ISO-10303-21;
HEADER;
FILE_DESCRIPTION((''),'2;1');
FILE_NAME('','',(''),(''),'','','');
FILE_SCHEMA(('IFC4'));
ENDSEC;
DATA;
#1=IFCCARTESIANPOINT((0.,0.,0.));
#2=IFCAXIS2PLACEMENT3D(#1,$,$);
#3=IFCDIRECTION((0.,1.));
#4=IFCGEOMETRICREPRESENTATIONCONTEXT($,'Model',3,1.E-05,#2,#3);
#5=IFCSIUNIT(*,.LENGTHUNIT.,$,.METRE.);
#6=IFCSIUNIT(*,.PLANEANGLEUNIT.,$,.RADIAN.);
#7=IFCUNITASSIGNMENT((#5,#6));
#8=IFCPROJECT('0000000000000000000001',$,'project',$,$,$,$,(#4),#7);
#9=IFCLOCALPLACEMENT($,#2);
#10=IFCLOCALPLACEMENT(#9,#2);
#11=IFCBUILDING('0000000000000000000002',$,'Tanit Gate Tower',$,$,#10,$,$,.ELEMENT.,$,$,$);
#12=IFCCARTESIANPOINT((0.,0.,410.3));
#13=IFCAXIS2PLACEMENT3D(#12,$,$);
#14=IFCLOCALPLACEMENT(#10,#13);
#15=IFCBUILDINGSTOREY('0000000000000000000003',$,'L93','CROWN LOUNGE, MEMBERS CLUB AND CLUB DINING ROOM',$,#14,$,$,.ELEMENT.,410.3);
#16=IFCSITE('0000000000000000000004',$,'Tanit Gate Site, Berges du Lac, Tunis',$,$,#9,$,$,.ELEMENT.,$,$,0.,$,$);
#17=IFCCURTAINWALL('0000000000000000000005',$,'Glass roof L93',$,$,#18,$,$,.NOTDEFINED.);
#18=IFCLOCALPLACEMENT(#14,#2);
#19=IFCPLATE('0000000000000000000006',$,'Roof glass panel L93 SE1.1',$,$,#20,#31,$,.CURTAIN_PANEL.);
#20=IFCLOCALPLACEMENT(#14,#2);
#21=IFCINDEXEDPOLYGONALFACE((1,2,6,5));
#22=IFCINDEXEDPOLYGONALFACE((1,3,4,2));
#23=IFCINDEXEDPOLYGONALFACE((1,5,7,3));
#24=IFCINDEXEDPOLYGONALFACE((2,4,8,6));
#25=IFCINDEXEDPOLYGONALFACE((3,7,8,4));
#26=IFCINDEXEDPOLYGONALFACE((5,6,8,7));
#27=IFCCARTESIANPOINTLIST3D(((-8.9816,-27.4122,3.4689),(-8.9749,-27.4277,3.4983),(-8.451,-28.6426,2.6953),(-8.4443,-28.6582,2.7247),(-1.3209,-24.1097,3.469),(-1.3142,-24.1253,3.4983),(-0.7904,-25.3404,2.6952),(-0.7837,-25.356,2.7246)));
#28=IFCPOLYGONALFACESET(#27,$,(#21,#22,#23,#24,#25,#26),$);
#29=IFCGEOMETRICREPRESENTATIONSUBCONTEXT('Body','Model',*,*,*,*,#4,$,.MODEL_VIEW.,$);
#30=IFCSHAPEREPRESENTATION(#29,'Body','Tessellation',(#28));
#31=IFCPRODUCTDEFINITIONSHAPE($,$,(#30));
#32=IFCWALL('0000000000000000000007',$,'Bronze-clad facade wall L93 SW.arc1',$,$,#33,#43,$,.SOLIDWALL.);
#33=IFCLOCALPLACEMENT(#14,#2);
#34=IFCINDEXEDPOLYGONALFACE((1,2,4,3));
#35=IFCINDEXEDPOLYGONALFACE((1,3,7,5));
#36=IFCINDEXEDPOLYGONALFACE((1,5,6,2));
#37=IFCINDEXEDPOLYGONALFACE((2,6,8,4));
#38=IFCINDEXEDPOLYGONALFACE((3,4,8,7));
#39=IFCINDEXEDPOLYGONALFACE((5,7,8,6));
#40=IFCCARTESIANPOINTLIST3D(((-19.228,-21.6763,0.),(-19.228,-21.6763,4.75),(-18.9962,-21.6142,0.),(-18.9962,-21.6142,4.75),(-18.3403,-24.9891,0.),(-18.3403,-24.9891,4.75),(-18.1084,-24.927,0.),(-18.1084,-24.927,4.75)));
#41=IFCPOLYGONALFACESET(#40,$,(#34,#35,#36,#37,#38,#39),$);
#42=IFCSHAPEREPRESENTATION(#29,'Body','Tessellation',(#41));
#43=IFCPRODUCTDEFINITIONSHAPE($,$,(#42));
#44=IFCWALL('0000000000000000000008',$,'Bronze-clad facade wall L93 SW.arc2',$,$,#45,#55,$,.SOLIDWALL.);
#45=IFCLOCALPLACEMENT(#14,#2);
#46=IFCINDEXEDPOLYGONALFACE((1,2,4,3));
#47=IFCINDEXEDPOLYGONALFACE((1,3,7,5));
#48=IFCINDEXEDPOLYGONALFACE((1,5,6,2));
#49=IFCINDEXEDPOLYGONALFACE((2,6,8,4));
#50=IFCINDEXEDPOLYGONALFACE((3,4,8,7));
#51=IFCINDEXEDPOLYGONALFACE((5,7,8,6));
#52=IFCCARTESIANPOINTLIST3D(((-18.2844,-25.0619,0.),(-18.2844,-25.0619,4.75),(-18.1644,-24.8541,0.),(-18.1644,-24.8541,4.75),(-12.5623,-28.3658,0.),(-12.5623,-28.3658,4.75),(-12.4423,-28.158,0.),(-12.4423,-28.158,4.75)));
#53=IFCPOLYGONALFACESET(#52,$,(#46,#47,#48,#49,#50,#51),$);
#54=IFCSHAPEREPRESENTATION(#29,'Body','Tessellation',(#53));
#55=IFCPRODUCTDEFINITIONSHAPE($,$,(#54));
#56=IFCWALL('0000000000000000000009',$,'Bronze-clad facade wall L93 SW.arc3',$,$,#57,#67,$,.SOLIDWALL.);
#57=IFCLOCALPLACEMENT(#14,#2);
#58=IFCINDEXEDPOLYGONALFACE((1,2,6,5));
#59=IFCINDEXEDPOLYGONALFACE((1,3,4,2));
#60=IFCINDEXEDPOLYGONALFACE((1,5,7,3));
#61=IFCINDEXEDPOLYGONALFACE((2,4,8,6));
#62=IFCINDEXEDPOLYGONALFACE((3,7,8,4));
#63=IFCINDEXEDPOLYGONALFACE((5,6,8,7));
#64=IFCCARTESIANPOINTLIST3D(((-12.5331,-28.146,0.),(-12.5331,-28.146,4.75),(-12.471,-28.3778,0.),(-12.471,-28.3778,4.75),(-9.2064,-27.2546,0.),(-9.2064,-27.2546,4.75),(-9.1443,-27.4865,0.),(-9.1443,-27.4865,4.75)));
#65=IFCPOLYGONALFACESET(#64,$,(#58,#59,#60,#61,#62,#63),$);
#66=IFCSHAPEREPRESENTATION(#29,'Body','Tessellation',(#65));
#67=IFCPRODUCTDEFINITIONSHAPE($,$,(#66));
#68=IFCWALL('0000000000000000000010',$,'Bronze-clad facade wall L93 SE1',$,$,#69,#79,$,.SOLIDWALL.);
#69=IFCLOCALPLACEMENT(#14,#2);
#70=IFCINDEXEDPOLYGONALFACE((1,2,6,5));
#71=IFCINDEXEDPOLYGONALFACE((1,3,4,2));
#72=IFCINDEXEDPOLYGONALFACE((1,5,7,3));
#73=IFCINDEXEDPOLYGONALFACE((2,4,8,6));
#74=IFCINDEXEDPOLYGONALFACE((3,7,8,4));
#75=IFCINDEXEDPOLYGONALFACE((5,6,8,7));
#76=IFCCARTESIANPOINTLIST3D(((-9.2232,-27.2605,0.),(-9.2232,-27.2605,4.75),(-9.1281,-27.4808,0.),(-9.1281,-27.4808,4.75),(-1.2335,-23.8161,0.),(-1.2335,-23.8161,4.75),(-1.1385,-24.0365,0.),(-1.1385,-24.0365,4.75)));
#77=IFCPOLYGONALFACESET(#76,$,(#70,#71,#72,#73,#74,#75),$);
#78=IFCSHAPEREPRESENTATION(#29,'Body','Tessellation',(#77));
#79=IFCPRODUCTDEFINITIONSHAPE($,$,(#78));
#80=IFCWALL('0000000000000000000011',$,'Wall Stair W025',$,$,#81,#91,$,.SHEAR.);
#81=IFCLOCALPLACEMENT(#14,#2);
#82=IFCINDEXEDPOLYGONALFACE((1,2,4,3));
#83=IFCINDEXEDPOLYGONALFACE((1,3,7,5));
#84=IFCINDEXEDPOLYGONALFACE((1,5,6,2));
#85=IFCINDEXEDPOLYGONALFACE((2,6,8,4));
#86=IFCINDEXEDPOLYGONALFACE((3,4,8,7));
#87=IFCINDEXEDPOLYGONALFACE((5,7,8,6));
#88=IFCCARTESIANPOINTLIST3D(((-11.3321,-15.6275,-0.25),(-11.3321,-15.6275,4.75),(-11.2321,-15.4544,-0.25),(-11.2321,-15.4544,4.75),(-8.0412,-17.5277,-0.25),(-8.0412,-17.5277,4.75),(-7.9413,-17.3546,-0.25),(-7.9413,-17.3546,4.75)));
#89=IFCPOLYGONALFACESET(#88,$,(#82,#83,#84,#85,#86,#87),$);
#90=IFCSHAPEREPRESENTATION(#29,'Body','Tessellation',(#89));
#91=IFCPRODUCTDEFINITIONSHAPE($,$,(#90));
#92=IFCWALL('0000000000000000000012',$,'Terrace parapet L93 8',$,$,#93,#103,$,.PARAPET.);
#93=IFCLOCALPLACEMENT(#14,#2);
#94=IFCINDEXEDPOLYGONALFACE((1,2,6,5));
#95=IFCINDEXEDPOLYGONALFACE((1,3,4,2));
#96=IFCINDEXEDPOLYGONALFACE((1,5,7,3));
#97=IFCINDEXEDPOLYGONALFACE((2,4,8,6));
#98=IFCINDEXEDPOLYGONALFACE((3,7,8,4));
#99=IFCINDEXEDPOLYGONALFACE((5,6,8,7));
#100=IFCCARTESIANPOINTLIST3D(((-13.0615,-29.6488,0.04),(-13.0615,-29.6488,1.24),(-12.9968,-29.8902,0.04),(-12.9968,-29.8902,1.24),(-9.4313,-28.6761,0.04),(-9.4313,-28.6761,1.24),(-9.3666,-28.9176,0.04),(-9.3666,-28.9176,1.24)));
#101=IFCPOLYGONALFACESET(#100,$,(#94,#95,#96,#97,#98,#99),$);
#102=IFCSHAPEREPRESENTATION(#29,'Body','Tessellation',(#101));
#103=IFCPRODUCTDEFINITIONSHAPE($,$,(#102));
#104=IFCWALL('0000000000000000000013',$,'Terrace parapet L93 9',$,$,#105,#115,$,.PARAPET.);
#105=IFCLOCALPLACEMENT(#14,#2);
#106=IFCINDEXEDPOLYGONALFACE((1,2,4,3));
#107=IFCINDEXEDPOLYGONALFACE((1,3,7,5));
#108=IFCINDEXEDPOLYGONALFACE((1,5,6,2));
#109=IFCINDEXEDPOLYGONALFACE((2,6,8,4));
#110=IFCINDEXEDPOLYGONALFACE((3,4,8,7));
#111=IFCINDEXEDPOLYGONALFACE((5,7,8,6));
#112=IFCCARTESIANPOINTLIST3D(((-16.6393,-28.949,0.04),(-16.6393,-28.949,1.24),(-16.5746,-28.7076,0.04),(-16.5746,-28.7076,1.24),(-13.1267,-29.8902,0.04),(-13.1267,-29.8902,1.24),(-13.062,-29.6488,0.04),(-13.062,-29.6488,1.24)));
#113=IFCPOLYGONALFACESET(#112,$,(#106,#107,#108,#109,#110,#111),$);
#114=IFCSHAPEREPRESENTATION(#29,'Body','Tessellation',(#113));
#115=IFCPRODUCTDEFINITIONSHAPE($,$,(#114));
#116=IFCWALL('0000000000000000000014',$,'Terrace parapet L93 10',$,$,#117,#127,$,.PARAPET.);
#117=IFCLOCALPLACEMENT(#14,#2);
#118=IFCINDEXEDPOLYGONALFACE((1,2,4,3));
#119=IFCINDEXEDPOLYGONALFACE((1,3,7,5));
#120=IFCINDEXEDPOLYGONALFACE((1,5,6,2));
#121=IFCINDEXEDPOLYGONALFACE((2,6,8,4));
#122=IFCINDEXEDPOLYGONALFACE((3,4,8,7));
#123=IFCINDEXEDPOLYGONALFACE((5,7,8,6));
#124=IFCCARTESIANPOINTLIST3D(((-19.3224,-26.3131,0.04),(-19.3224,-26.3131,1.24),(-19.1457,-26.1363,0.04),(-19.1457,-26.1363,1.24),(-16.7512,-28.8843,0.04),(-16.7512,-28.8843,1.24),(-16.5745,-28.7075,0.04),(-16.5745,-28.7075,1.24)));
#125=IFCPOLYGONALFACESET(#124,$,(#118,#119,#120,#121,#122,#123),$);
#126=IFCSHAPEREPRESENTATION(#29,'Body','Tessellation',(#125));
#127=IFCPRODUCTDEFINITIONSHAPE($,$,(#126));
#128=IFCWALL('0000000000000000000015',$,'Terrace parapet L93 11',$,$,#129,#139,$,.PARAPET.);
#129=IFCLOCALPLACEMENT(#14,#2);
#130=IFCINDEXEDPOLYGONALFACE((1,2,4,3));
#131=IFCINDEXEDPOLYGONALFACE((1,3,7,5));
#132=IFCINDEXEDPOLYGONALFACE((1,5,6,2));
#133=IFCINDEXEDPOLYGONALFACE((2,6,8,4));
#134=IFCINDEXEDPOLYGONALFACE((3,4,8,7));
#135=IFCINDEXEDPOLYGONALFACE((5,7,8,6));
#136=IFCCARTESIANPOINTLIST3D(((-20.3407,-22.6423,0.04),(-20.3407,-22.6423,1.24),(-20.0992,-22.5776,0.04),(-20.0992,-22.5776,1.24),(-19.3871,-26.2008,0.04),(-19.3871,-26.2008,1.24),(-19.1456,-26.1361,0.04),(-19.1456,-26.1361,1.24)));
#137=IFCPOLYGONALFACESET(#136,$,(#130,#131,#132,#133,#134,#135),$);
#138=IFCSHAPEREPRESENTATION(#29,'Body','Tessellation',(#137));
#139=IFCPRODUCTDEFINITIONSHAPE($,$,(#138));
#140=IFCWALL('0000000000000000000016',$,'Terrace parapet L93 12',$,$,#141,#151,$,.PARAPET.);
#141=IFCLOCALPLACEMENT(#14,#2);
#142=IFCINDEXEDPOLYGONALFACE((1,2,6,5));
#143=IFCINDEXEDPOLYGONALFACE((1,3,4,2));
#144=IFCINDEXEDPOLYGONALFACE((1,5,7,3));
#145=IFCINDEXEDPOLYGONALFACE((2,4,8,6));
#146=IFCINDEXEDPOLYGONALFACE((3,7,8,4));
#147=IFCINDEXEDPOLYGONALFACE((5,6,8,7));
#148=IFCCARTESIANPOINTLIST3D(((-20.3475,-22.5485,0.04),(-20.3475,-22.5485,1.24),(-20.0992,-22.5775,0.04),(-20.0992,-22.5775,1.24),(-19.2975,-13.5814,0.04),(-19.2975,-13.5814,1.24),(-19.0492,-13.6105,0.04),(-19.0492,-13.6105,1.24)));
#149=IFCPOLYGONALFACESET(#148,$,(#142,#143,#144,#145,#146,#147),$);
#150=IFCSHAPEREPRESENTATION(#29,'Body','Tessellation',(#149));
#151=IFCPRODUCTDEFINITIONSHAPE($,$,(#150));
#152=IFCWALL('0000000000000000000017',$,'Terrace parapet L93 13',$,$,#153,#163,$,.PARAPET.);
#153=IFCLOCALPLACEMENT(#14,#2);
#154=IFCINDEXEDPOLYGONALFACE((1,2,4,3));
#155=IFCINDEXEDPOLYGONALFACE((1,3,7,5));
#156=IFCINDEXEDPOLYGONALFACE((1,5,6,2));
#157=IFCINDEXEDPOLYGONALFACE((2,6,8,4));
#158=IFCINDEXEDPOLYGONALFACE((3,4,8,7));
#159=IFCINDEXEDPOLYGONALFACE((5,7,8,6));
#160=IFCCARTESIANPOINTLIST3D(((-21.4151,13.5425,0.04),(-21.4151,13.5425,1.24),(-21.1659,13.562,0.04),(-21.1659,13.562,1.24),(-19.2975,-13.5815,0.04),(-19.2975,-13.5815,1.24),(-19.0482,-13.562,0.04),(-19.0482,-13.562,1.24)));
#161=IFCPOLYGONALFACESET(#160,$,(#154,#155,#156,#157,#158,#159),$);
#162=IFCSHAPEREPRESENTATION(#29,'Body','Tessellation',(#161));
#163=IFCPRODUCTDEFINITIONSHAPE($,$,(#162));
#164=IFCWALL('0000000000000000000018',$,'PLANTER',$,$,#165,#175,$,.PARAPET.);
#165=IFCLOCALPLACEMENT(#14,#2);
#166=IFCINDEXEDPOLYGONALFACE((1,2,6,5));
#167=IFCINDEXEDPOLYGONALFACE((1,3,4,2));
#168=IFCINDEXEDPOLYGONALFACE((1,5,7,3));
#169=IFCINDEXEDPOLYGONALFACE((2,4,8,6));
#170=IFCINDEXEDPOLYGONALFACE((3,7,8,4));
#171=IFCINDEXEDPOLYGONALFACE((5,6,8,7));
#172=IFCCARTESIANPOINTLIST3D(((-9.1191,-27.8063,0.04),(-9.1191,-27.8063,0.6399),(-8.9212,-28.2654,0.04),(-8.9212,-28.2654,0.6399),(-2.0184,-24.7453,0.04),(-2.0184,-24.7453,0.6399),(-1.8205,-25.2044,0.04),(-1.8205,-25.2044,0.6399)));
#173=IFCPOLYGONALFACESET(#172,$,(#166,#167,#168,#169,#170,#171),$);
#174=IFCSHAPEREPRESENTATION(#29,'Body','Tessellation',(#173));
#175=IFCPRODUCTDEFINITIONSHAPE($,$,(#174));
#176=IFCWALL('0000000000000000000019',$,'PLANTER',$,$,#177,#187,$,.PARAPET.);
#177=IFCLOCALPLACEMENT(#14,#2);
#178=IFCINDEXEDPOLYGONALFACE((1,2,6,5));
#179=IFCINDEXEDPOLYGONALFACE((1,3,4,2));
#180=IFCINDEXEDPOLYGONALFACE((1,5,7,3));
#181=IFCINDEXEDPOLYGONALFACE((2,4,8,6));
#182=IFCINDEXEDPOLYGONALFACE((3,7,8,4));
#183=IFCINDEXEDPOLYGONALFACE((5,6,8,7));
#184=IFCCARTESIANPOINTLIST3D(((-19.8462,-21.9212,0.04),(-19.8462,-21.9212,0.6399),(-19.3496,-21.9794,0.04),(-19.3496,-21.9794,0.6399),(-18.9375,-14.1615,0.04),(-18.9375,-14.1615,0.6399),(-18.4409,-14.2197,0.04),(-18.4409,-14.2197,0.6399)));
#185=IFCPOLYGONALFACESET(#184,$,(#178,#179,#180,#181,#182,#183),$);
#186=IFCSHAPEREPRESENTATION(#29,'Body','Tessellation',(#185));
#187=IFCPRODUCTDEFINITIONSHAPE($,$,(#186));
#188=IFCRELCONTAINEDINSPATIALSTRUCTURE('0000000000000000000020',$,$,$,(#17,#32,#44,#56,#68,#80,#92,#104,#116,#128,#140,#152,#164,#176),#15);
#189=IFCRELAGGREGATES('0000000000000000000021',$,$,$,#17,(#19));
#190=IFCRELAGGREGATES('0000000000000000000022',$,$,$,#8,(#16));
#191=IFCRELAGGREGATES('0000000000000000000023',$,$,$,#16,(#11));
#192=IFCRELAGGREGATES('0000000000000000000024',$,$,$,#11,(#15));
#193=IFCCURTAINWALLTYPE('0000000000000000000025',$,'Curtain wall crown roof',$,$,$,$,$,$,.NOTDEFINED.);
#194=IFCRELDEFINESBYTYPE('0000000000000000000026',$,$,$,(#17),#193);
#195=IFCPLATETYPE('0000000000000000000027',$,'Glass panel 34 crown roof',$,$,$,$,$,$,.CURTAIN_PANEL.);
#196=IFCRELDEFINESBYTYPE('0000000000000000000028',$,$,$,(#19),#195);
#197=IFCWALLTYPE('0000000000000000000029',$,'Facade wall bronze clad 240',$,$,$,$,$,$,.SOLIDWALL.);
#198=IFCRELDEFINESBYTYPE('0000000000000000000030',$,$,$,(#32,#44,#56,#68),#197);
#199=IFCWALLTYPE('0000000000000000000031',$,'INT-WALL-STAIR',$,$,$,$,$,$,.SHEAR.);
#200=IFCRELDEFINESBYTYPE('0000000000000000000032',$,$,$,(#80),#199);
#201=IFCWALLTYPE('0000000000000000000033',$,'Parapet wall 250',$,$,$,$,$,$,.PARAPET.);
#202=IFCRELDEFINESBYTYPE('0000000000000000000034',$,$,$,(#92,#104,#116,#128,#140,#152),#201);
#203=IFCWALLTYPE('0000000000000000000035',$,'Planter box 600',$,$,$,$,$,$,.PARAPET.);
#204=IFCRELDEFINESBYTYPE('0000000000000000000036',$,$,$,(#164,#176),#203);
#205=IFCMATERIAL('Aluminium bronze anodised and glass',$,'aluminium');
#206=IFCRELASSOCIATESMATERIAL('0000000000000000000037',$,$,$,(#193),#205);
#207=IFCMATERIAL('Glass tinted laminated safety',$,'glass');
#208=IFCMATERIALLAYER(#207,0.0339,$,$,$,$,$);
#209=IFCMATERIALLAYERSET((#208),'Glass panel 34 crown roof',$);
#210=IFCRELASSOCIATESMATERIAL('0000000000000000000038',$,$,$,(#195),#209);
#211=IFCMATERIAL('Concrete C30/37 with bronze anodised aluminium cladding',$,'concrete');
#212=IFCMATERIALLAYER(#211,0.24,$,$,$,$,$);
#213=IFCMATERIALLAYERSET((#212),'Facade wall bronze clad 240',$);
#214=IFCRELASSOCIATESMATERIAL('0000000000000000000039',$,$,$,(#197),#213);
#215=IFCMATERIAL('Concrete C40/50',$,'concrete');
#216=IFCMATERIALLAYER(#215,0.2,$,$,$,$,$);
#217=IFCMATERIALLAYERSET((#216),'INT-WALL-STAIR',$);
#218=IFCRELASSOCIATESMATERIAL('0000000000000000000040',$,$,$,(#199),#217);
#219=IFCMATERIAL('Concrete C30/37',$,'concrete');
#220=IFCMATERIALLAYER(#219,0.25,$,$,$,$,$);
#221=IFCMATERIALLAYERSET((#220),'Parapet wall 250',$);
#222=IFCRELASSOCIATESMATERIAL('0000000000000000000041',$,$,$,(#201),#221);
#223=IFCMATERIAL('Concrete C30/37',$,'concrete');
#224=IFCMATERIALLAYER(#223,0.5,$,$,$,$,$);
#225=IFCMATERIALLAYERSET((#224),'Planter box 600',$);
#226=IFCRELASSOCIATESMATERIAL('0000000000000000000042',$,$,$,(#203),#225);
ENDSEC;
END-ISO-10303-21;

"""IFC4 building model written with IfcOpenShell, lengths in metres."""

from ifc_helpers import new_model, si_unit, direction, frame, frame_2d, origin, place, context, subcontext, project, spatial, polyline, rectangle, outline, extrude, material, layer, layer_set, type_object, element, aggregate, save


model = new_model("IFC4")

# Units and contexts
model_context = context("Model", 3, precision=1e-05, world=origin(), true_north=direction((0.0, 1.0)))
body_context = subcontext(model_context, "Body", "Model", "MODEL_VIEW")
ifc_project = project(units=[si_unit("LENGTHUNIT", "METRE"), si_unit("PLANEANGLEUNIT", "RADIAN")], contexts=[model_context])

# Site, building, storey
site_placement = place(None, origin())
site = spatial("IfcSite", under=ifc_project, at=site_placement, Name="Tanit Gate Site, Berges du Lac, Tunis", CompositionType="ELEMENT", RefElevation=0.0)
building_placement = place(site_placement, origin())
building = spatial("IfcBuilding", under=site, at=building_placement, Name="Tanit Gate Tower", CompositionType="ELEMENT")
storey_placement = place(building_placement, frame((0.0, 0.0, 410.3)))
storey = spatial("IfcBuildingStorey", under=building, at=storey_placement, Name="L93", Description="CROWN LOUNGE, MEMBERS CLUB AND CLUB DINING ROOM", CompositionType="ELEMENT", Elevation=410.3)

# Curtain wall
ifc_material_1 = material(Name="Aluminium bronze anodised and glass", Category="aluminium")
curtain_wall_type = type_object("IfcCurtainWallType", Name="Curtain wall crown roof", PredefinedType="NOTDEFINED", material=ifc_material_1)
curtain_wall_placement = place(storey_placement, origin())
curtain_wall = element("IfcCurtainWall", 1, at=curtain_wall_placement, inside=storey, type_object=curtain_wall_type, Name="Glass roof L93", PredefinedType="NOTDEFINED")

# Plate
ifc_material_2 = material(Name="Glass tinted laminated safety", Category="glass")
ifc_layer_1 = layer(ifc_material_2, 0.0339)
ifc_layer_set_1 = layer_set([ifc_layer_1], Name="Glass panel 34 crown roof")
plate_type = type_object("IfcPlateType", Name="Glass panel 34 crown roof", PredefinedType="CURTAIN_PANEL", material=ifc_layer_set_1)
plate_1_placement = place(storey_placement, frame((-8.9749, -27.4277, 3.4983), z_axis=(0.197931, -0.459149, 0.866029), x_axis=(0.918304, 0.395876, 0.000006)))
plate_1 = element("IfcPlate", 2, at=plate_1_placement, type_object=plate_type, Name="Roof glass panel L93 SE1.1", PredefinedType="CURTAIN_PANEL", context=body_context, shape_type="SweptSolid", body=[
    extrude(outline(polyline([(0.0, 0.0), (8.3422, 0.0), (8.3421, -1.5475), (0.0001, -1.5473), (0.0, 0.0)])), origin(), (0.0, 0.0, -1.0), 0.0339),
])
aggregate(curtain_wall, [plate_1])

# Walls
ifc_material_3 = material(Name="Concrete C30/37 with bronze anodised aluminium cladding", Category="concrete")
ifc_layer_2 = layer(ifc_material_3, 0.24)
ifc_layer_set_2 = layer_set([ifc_layer_2], Name="Facade wall bronze clad 240")
wall_type_1 = type_object("IfcWallType", Name="Facade wall bronze clad 240", PredefinedType="SOLIDWALL", material=ifc_layer_set_2)
wall_1_placement = place(storey_placement, frame((-19.1121, -21.6453, 0.0), z_axis=(0.0, 0.0, 1.0), x_axis=(0.258832, -0.965922, 0.0)))
element("IfcWall", 3, at=wall_1_placement, inside=storey, type_object=wall_type_1, Name="Bronze-clad facade wall L93 SW.arc1", PredefinedType="SOLIDWALL", context=body_context, shape_type="SweptSolid", body=[
    extrude(rectangle(XDim=3.4297, YDim=0.24, at=frame_2d((1.7148, 0.0))), origin(), (0.0, 0.0, 1.0), 4.75),
])
wall_2_placement = place(storey_placement, frame((-18.2244, -24.958, 0.0), z_axis=(0.0, 0.0, 1.0), x_axis=(0.866008, -0.500029, 0.0)))
element("IfcWall", 4, at=wall_2_placement, inside=storey, type_object=wall_type_1, Name="Bronze-clad facade wall L93 SW.arc2", PredefinedType="SOLIDWALL", context=body_context, shape_type="SweptSolid", body=[
    extrude(rectangle(XDim=6.6074, YDim=0.24, at=frame_2d((3.3037, 0.0))), origin(), (0.0, 0.0, 1.0), 4.75),
])
wall_3_placement = place(storey_placement, frame((-12.5022, -28.262, 0.0), z_axis=(0.0, 0.0, 1.0), x_axis=(0.965927, 0.258814, 0.0)))
element("IfcWall", 5, at=wall_3_placement, inside=storey, type_object=wall_type_1, Name="Bronze-clad facade wall L93 SW.arc3", PredefinedType="SOLIDWALL", context=body_context, shape_type="SweptSolid", body=[
    extrude(rectangle(XDim=3.4441, YDim=0.24, at=frame_2d((1.7222, 0.0))), origin(), (0.0, 0.0, 1.0), 4.75),
])
wall_4_placement = place(storey_placement, frame((-9.1755, -27.3706, 0.0), z_axis=(0.0, 0.0, 1.0), x_axis=(0.9183, 0.395886, 0.0)))
element("IfcWall", 6, at=wall_4_placement, inside=storey, type_object=wall_type_1, Name="Bronze-clad facade wall L93 SE1", PredefinedType="SOLIDWALL", context=body_context, shape_type="SweptSolid", body=[
    extrude(rectangle(XDim=8.7004, YDim=0.24, at=frame_2d((4.3501, 0.0))), origin(), (0.0, 0.0, 1.0), 4.75),
])
ifc_material_4 = material(Name="Concrete C40/50", Category="concrete")
ifc_layer_3 = layer(ifc_material_4, 0.2)
ifc_layer_set_3 = layer_set([ifc_layer_3], Name="INT-WALL-STAIR")
wall_type_2 = type_object("IfcWallType", Name="INT-WALL-STAIR", PredefinedType="SHEAR", material=ifc_layer_set_3)
wall_5_placement = place(storey_placement, frame((-11.282, -15.541, -0.25), z_axis=(0.0, 0.0, 1.0), x_axis=(0.866, -0.500043, 0.0)))
element("IfcWall", 7, at=wall_5_placement, inside=storey, type_object=wall_type_2, Name="Wall Stair W025", PredefinedType="SHEAR", context=body_context, shape_type="SweptSolid", body=[
    extrude(rectangle(XDim=3.8, YDim=0.2, at=frame_2d((1.8999, 0.0))), origin(), (0.0, 0.0, 1.0), 5.0),
])
ifc_material_5 = material(Name="Concrete C30/37", Category="concrete")
ifc_layer_4 = layer(ifc_material_5, 0.25)
ifc_layer_set_4 = layer_set([ifc_layer_4], Name="Parapet wall 250")
wall_type_3 = type_object("IfcWallType", Name="Parapet wall 250", PredefinedType="PARAPET", material=ifc_layer_set_4)
wall_6_placement = place(storey_placement, frame((-9.3989, -28.7969, 0.04), z_axis=(0.0, 0.0, 1.0), x_axis=(-0.965932, -0.258795, 0.0)))
element("IfcWall", 8, at=wall_6_placement, inside=storey, type_object=wall_type_3, Name="Terrace parapet L93 8", PredefinedType="PARAPET", context=body_context, shape_type="SweptSolid", body=[
    extrude(rectangle(XDim=3.7583, YDim=0.25, at=frame_2d((1.8792, 0.0))), origin(), (0.0, 0.0, 1.0), 1.2),
])
wall_7_placement = place(storey_placement, frame((-13.0942, -29.7695, 0.04), z_axis=(0.0, 0.0, 1.0), x_axis=(-0.965926, 0.25882, 0.0)))
element("IfcWall", 9, at=wall_7_placement, inside=storey, type_object=wall_type_3, Name="Terrace parapet L93 9", PredefinedType="PARAPET", context=body_context, shape_type="SweptSolid", body=[
    extrude(rectangle(XDim=3.6365, YDim=0.25, at=frame_2d((1.8184, 0.0))), origin(), (0.0, 0.0, 1.0), 1.2),
])
wall_8_placement = place(storey_placement, frame((-16.6628, -28.7959, 0.04), z_axis=(0.0, 0.0, 1.0), x_axis=(-0.707107, 0.707107, 0.0)))
element("IfcWall", 10, at=wall_8_placement, inside=storey, type_object=wall_type_3, Name="Terrace parapet L93 10", PredefinedType="PARAPET", context=body_context, shape_type="SweptSolid", body=[
    extrude(rectangle(XDim=3.6362, YDim=0.25, at=frame_2d((1.8181, 0.0))), origin(), (0.0, 0.0, 1.0), 1.2),
])
wall_9_placement = place(storey_placement, frame((-19.2664, -26.1685, 0.04), z_axis=(0.0, 0.0, 1.0), x_axis=(-0.258842, 0.96592, 0.0)))
element("IfcWall", 11, at=wall_9_placement, inside=storey, type_object=wall_type_3, Name="Terrace parapet L93 11", PredefinedType="PARAPET", context=body_context, shape_type="SweptSolid", body=[
    extrude(rectangle(XDim=3.6841, YDim=0.25, at=frame_2d((1.842, 0.0))), origin(), (0.0, 0.0, 1.0), 1.2),
])
wall_10_placement = place(storey_placement, frame((-20.2234, -22.563, 0.04), z_axis=(0.0, 0.0, 1.0), x_axis=(0.116306, 0.993213, 0.0)))
element("IfcWall", 12, at=wall_10_placement, inside=storey, type_object=wall_type_3, Name="Terrace parapet L93 12", PredefinedType="PARAPET", context=body_context, shape_type="SweptSolid", body=[
    extrude(rectangle(XDim=9.0283, YDim=0.25, at=frame_2d((4.5142, 0.0))), origin(), (0.0, 0.0, 1.0), 1.2),
])
wall_11_placement = place(storey_placement, frame((-19.1729, -13.5718, 0.04), z_axis=(0.0, 0.0, 1.0), x_axis=(-0.077837, 0.996966, 0.0)))
element("IfcWall", 13, at=wall_11_placement, inside=storey, type_object=wall_type_3, Name="Terrace parapet L93 13", PredefinedType="PARAPET", context=body_context, shape_type="SweptSolid", body=[
    extrude(rectangle(XDim=27.2065, YDim=0.25, at=frame_2d((13.6033, 0.0))), origin(), (0.0, 0.0, 1.0), 1.2),
])
ifc_material_6 = material(Name="Concrete C30/37", Category="concrete")
ifc_layer_5 = layer(ifc_material_6, 0.5)
ifc_layer_set_5 = layer_set([ifc_layer_5], Name="Planter box 600")
wall_type_4 = type_object("IfcWallType", Name="Planter box 600", PredefinedType="PARAPET", material=ifc_layer_set_5)
wall_12_placement = place(storey_placement, frame((-1.9194, -24.9749, 0.04), z_axis=(0.0, 0.0, 1.0), x_axis=(-0.918308, -0.395866, 0.0)))
element("IfcWall", 14, at=wall_12_placement, inside=storey, type_object=wall_type_4, Name="PLANTER", PredefinedType="PARAPET", context=body_context, shape_type="SweptSolid", body=[
    extrude(rectangle(XDim=7.7324, YDim=0.5, at=frame_2d((3.8662, 0.0))), origin(), (0.0, 0.0, 1.0), 0.5999),
])
wall_13_placement = place(storey_placement, frame((-19.5979, -21.9502, 0.04), z_axis=(0.0, 0.0, 1.0), x_axis=(0.116308, 0.993213, 0.0)))
element("IfcWall", 15, at=wall_13_placement, inside=storey, type_object=wall_type_4, Name="PLANTER", PredefinedType="PARAPET", context=body_context, shape_type="SweptSolid", body=[
    extrude(rectangle(XDim=7.8127, YDim=0.5, at=frame_2d((3.9062, 0.0))), origin(), (0.0, 0.0, 1.0), 0.5999),
])

save(model, "model.ifc")
